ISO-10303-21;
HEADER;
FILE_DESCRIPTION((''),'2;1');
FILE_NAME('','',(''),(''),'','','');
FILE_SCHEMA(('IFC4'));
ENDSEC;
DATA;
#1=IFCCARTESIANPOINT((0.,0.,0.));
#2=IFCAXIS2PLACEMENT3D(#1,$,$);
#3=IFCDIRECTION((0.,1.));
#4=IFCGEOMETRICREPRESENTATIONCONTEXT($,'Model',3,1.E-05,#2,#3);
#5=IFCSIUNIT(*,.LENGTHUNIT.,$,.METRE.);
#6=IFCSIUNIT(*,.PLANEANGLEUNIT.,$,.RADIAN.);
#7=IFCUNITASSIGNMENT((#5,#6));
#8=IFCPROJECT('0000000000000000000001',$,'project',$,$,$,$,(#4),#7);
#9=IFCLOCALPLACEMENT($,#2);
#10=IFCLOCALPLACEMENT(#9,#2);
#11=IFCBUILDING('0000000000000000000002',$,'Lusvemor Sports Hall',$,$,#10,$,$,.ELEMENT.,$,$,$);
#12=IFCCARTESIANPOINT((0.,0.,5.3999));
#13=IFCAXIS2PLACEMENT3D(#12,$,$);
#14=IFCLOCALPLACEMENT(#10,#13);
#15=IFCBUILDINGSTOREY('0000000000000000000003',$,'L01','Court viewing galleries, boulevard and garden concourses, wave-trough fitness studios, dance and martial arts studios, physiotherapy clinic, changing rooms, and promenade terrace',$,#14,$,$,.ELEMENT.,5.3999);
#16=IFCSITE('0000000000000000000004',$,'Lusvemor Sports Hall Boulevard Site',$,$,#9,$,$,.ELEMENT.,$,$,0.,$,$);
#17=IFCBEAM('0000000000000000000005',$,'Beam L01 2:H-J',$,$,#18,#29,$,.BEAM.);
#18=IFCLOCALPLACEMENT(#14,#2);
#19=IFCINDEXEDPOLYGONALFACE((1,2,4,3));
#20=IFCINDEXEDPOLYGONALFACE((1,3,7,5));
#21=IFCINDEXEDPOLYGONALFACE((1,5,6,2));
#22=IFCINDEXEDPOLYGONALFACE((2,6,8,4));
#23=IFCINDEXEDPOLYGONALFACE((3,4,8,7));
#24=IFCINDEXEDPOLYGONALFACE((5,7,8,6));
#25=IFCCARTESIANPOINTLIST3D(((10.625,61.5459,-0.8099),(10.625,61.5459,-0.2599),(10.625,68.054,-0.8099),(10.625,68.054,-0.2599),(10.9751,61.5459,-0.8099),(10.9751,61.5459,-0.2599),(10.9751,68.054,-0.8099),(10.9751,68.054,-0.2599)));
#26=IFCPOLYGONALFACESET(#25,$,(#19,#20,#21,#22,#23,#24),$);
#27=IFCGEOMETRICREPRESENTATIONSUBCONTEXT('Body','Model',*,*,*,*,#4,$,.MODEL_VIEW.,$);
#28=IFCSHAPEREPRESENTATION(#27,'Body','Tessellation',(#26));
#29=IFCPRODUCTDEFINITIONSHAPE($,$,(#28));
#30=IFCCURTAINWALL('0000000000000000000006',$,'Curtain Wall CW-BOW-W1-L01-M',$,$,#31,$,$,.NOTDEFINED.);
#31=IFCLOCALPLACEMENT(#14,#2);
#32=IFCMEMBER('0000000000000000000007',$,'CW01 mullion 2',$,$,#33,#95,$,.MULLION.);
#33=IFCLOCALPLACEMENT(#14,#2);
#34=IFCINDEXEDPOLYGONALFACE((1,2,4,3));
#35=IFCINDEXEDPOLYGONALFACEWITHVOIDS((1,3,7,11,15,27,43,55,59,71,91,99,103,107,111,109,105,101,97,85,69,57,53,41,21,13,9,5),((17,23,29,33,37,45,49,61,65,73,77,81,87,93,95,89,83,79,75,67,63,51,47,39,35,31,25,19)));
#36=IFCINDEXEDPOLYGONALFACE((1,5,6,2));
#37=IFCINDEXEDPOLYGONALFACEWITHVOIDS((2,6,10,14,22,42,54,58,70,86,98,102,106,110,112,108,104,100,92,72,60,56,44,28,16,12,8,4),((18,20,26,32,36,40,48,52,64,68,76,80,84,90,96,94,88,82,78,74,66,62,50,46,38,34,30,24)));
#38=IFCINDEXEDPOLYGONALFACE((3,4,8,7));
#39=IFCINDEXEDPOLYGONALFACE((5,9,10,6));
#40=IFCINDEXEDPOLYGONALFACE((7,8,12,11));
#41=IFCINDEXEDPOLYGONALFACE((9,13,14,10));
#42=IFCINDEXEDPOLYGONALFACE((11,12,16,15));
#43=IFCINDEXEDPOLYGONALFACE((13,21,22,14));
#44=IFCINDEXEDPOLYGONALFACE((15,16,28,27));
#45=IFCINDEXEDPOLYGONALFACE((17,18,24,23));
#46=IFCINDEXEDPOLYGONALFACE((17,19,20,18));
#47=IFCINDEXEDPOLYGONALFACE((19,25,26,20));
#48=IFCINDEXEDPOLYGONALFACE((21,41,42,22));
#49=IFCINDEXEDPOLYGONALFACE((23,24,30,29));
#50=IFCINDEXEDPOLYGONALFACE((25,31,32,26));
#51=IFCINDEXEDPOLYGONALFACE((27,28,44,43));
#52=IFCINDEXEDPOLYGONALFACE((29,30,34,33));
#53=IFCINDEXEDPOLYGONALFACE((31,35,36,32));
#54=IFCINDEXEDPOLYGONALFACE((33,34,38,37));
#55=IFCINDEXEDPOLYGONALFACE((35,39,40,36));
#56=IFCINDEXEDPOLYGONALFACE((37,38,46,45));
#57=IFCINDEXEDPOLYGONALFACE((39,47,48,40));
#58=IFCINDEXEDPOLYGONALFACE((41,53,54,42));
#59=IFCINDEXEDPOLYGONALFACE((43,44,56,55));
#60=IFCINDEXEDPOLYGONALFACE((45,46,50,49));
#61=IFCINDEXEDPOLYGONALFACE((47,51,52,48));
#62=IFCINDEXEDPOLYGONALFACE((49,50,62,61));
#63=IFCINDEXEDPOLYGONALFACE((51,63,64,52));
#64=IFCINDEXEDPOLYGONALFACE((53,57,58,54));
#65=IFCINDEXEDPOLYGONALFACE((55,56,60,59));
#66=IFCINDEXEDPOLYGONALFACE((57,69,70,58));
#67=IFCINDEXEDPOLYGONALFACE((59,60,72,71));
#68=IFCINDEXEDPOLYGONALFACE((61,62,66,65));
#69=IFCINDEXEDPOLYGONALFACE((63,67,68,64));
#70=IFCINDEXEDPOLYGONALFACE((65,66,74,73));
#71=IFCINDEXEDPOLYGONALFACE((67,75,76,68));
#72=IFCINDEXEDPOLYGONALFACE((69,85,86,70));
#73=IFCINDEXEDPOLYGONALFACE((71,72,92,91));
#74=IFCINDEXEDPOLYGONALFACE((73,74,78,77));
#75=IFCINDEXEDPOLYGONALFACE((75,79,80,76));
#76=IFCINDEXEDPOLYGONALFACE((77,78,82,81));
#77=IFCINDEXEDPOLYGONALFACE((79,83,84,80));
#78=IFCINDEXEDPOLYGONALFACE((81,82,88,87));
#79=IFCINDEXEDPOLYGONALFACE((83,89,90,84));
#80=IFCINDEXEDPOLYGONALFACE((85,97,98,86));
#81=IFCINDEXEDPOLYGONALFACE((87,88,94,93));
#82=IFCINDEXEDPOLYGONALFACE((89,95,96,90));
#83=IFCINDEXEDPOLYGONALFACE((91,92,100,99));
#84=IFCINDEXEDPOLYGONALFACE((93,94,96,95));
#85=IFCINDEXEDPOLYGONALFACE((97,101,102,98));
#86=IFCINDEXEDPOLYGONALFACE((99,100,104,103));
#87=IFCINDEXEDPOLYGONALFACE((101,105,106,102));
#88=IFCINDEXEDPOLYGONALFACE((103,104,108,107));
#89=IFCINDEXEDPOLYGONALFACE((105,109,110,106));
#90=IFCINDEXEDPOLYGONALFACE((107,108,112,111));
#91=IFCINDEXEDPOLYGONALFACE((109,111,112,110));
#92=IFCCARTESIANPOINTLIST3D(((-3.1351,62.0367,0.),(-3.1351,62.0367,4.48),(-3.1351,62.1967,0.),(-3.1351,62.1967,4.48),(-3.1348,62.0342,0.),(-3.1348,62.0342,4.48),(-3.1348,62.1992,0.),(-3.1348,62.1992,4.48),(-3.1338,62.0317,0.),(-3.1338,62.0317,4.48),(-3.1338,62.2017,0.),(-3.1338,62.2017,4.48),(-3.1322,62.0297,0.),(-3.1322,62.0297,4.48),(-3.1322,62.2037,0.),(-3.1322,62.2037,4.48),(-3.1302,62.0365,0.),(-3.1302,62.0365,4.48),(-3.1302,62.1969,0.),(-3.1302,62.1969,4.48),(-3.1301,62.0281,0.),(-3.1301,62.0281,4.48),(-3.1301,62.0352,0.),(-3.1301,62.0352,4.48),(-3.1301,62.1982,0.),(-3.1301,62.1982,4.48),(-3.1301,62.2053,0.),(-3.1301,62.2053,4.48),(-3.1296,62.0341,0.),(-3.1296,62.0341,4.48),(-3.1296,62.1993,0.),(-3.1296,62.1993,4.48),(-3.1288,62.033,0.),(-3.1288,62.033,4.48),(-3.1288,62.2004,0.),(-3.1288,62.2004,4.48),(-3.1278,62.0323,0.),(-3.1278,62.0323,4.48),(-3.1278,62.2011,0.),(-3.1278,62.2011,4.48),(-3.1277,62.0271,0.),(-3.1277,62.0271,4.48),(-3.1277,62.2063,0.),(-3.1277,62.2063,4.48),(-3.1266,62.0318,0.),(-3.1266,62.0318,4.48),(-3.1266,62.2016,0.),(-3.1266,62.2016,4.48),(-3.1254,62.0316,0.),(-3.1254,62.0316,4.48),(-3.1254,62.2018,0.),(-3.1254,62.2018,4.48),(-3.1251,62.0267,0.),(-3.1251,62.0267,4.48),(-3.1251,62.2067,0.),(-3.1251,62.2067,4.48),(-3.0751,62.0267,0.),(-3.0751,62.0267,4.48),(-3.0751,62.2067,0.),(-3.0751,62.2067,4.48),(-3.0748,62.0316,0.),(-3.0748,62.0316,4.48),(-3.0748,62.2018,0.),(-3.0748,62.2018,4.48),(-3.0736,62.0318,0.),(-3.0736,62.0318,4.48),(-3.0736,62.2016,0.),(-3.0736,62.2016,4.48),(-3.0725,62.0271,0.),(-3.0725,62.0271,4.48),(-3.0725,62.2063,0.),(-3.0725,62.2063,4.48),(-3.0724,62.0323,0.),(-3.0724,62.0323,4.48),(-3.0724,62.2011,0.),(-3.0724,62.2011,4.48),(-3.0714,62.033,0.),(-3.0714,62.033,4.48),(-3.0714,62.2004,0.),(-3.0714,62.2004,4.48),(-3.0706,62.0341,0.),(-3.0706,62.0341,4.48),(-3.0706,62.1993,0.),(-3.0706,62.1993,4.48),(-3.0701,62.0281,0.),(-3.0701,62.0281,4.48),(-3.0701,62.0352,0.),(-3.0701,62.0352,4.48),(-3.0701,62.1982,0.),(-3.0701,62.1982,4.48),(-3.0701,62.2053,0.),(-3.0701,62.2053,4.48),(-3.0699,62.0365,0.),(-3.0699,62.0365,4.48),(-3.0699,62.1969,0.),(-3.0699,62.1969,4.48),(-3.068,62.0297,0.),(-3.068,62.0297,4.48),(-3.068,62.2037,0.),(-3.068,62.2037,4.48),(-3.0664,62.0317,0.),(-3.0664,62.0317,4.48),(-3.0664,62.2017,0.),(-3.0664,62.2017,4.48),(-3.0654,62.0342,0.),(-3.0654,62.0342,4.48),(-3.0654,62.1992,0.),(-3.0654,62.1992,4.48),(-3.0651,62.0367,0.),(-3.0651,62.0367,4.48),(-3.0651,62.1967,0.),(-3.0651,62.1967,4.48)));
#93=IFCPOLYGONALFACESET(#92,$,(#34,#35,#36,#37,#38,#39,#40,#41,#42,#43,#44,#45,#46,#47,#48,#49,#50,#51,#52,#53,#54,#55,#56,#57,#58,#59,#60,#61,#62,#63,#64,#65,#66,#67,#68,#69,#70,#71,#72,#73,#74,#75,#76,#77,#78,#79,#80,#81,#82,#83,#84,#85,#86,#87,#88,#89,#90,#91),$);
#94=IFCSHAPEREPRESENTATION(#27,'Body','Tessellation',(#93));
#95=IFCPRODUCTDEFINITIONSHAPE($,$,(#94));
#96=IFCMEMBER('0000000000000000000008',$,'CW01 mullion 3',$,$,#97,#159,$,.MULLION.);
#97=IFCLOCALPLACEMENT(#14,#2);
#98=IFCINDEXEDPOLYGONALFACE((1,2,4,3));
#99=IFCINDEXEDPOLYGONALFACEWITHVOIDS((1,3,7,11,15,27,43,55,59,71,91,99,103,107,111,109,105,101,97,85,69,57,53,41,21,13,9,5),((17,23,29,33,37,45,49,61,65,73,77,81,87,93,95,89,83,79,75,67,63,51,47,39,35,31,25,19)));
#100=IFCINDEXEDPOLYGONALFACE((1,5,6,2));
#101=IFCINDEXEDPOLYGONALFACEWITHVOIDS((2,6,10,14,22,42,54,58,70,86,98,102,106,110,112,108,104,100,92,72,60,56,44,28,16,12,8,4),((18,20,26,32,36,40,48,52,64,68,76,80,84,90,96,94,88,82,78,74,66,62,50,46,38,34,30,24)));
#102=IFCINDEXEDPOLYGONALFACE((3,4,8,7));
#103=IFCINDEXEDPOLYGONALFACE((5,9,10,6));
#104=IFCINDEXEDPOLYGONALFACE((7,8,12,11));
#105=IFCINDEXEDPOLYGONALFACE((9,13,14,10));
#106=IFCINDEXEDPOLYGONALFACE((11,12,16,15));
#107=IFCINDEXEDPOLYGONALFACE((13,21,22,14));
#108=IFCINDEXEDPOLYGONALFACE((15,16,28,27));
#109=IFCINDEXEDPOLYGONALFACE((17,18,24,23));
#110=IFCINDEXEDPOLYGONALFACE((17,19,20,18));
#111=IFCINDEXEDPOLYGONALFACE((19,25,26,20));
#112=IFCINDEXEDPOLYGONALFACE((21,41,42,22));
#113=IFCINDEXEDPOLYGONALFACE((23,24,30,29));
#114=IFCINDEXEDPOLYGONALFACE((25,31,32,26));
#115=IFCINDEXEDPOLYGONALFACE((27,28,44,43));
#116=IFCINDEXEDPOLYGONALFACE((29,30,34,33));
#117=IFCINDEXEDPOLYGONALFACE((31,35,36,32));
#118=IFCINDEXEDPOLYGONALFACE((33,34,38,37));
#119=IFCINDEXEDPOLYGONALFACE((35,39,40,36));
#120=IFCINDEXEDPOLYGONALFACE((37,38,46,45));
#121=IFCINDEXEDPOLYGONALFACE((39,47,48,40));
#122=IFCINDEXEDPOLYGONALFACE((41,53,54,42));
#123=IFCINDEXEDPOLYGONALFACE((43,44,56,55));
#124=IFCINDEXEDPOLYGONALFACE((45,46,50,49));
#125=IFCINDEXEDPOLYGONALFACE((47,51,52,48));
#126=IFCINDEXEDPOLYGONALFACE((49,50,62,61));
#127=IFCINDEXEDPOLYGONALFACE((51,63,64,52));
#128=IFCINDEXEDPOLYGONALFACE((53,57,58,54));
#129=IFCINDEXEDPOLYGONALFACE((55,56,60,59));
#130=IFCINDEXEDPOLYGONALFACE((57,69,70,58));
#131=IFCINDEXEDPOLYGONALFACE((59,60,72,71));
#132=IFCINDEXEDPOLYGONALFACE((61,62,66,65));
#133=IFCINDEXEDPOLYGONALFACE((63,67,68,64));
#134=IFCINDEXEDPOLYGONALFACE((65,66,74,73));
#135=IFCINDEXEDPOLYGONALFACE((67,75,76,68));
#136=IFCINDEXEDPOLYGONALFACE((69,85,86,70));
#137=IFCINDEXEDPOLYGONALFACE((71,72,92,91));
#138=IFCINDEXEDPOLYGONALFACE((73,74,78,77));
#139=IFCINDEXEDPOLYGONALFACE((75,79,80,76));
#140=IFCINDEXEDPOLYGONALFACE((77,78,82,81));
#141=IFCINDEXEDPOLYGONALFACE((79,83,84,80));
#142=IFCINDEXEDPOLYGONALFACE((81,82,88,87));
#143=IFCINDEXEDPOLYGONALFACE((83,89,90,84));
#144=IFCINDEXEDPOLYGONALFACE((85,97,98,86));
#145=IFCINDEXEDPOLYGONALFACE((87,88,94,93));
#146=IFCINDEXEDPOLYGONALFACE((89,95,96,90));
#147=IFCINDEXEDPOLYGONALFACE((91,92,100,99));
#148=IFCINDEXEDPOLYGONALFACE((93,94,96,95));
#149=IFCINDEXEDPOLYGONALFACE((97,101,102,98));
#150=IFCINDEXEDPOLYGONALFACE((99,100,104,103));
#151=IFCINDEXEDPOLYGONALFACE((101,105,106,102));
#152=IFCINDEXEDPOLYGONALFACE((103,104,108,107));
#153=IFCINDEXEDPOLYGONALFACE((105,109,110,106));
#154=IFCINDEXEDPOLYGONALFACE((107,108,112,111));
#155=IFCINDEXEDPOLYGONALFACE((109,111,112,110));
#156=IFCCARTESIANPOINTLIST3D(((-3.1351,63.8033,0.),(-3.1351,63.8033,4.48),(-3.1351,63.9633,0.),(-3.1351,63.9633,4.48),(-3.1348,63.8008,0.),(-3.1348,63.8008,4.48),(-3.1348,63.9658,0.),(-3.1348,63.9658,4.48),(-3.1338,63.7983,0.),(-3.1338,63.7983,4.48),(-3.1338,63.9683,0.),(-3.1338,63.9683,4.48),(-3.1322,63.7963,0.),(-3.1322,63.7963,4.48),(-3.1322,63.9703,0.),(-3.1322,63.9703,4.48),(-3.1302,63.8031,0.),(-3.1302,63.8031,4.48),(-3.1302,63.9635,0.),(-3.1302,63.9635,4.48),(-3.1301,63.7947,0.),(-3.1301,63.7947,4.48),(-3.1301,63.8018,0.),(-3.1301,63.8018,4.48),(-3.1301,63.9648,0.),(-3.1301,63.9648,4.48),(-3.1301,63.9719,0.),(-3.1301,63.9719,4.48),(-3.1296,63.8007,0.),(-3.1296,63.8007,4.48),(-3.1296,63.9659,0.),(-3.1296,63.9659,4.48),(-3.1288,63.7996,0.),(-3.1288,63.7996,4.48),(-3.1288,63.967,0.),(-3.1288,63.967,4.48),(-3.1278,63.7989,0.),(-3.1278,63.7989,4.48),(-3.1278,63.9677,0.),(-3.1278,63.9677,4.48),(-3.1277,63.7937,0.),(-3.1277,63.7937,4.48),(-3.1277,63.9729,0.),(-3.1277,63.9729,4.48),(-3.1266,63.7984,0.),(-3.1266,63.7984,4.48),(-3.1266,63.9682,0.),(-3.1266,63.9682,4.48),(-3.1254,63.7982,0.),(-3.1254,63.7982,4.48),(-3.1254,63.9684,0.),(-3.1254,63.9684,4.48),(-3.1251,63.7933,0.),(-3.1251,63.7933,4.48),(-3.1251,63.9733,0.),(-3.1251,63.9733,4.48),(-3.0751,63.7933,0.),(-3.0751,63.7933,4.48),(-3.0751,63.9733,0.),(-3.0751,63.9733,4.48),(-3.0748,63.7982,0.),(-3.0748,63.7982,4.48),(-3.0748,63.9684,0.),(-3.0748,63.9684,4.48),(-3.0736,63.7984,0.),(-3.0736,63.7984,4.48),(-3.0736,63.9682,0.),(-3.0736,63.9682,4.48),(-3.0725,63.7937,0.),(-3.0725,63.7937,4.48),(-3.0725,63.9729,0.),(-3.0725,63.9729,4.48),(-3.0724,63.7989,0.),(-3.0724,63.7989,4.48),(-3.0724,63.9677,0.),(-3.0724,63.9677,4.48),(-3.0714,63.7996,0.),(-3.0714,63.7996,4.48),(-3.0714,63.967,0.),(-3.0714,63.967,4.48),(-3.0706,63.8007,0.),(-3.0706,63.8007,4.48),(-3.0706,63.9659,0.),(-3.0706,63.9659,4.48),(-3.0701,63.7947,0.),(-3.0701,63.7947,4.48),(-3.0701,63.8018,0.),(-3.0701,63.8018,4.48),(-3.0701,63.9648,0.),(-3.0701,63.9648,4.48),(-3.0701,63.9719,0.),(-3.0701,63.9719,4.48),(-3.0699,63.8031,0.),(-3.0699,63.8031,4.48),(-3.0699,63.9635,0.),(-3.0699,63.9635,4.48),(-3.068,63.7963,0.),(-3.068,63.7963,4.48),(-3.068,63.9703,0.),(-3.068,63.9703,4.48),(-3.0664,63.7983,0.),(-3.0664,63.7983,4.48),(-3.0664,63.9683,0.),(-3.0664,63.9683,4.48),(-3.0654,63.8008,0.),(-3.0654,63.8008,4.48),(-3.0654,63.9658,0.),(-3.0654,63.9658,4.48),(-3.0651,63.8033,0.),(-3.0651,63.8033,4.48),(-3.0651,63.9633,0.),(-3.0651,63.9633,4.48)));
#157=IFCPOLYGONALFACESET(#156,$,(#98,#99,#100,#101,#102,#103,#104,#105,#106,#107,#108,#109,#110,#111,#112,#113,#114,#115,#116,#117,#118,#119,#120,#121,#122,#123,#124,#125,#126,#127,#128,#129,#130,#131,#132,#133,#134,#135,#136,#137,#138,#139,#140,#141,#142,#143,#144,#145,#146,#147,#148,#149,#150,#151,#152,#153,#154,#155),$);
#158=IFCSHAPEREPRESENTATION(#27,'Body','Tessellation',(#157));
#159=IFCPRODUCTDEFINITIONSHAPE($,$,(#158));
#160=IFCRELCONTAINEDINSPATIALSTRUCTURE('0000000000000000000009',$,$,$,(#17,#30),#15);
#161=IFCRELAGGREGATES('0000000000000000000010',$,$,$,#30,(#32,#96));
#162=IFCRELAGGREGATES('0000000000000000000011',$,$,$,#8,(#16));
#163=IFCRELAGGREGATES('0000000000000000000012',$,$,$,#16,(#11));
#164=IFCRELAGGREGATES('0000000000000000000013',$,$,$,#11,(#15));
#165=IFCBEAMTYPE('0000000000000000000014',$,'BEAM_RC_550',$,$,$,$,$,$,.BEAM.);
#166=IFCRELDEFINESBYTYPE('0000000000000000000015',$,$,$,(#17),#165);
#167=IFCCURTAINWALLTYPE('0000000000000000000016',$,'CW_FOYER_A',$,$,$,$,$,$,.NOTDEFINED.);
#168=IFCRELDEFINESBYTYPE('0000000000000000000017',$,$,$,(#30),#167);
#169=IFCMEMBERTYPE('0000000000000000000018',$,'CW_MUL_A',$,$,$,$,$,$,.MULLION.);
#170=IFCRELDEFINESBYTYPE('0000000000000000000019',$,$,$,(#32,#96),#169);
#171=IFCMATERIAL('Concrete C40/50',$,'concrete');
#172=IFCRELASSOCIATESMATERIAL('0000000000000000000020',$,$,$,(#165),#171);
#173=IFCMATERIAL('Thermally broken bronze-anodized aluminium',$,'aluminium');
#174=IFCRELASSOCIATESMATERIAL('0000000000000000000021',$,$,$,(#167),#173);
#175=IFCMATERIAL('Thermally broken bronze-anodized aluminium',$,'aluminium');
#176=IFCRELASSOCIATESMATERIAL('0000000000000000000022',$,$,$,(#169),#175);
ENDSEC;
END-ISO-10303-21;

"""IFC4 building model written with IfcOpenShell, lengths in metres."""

from ifc_helpers import new_model, si_unit, direction, frame, origin, origin_2d, place, context, subcontext, project, spatial, rectangle, hollow_rectangle, extrude, material, material_profile, profile_set, type_object, element, aggregate, save


model = new_model("IFC4")

# Units and contexts
model_context = context("Model", 3, precision=1e-05, world=origin(), true_north=direction((0.0, 1.0)))
body_context = subcontext(model_context, "Body", "Model", "MODEL_VIEW")
ifc_project = project(units=[si_unit("LENGTHUNIT", "METRE"), si_unit("PLANEANGLEUNIT", "RADIAN")], contexts=[model_context])

# Site, building, storey
site_placement = place(None, origin())
site = spatial("IfcSite", under=ifc_project, at=site_placement, Name="Lusvemor Sports Hall Boulevard Site", CompositionType="ELEMENT", RefElevation=0.0)
building_placement = place(site_placement, origin())
building = spatial("IfcBuilding", under=site, at=building_placement, Name="Lusvemor Sports Hall", CompositionType="ELEMENT")
storey_placement = place(building_placement, frame((0.0, 0.0, 5.3999)))
storey = spatial("IfcBuildingStorey", under=building, at=storey_placement, Name="L01", Description="Court viewing galleries, boulevard and garden concourses, wave-trough fitness studios, dance and martial arts studios, physiotherapy clinic, changing rooms, and promenade terrace", CompositionType="ELEMENT", Elevation=5.3999)

# Beam
ifc_material_1 = material(Name="Concrete C40/50", Category="concrete")
ifc_material_profile_1 = material_profile(ifc_material_1, rectangle(XDim=0.3501, YDim=0.55, at=origin_2d()), Name="RC350x550")
ifc_profile_set_1 = profile_set([ifc_material_profile_1], Name="Concrete C40/50")
beam_type_1 = type_object("IfcBeamType", Name="BEAM_RC_550", PredefinedType="BEAM", material=ifc_profile_set_1)
beam_1_placement = place(storey_placement, frame((10.8, 61.5459, -0.5349), z_axis=(0.0, 1.0, 0.0), x_axis=(-1.0, 0.0, 0.0)))
element("IfcBeam", 1, at=beam_1_placement, inside=storey, type_object=beam_type_1, Name="Beam L01 2:H-J", PredefinedType="BEAM", context=body_context, shape_type="SweptSolid", body=[
    extrude(rectangle(XDim=0.3501, YDim=0.55, at=origin_2d()), origin(), (0.0, 0.0, 1.0), 6.5081),
])

# Curtain wall, members
ifc_material_2 = material(Name="Thermally broken bronze-anodized aluminium", Category="aluminium")
curtain_wall_type = type_object("IfcCurtainWallType", Name="CW_FOYER_A", PredefinedType="NOTDEFINED", material=ifc_material_2)
curtain_wall_placement = place(storey_placement, origin())
curtain_wall = element("IfcCurtainWall", 2, at=curtain_wall_placement, inside=storey, type_object=curtain_wall_type, Name="Curtain Wall CW-BOW-W1-L01-M", PredefinedType="NOTDEFINED")
ifc_material_3 = material(Name="Thermally broken bronze-anodized aluminium", Category="aluminium")
ifc_material_profile_2 = material_profile(ifc_material_3, hollow_rectangle(XDim=0.0701, YDim=0.1799, WallThickness=0.0049, InnerFilletRadius=0.0049, OuterFilletRadius=0.01, at=origin_2d()), Name="CWMUL180x70x5")
ifc_profile_set_2 = profile_set([ifc_material_profile_2], Name="Thermally broken bronze-anodized aluminium")
member_type_1 = type_object("IfcMemberType", Name="CW_MUL_A", PredefinedType="MULLION", material=ifc_profile_set_2)
member_1_placement = place(storey_placement, frame((-3.1001, 62.1167, 0.0), z_axis=(0.0, 0.0, 1.0), x_axis=(-1.0, 0.0, 0.0)))
member_1 = element("IfcMember", 3, at=member_1_placement, type_object=member_type_1, Name="CW01 mullion 2", PredefinedType="MULLION", context=body_context, shape_type="SweptSolid", body=[
    extrude(hollow_rectangle(XDim=0.0701, YDim=0.1799, WallThickness=0.0049, InnerFilletRadius=0.0049, OuterFilletRadius=0.01, at=origin_2d()), origin(), (0.0, 0.0, 1.0), 4.48),
])
member_2_placement = place(storey_placement, frame((-3.1001, 63.8833, 0.0), z_axis=(0.0, 0.0, 1.0), x_axis=(-1.0, 0.0, 0.0)))
member_2 = element("IfcMember", 4, at=member_2_placement, type_object=member_type_1, Name="CW01 mullion 3", PredefinedType="MULLION", context=body_context, shape_type="SweptSolid", body=[
    extrude(hollow_rectangle(XDim=0.0701, YDim=0.1799, WallThickness=0.0049, InnerFilletRadius=0.0049, OuterFilletRadius=0.01, at=origin_2d()), origin(), (0.0, 0.0, 1.0), 4.48),
])

aggregate(curtain_wall, [member_1, member_2])

save(model, "model.ifc")
